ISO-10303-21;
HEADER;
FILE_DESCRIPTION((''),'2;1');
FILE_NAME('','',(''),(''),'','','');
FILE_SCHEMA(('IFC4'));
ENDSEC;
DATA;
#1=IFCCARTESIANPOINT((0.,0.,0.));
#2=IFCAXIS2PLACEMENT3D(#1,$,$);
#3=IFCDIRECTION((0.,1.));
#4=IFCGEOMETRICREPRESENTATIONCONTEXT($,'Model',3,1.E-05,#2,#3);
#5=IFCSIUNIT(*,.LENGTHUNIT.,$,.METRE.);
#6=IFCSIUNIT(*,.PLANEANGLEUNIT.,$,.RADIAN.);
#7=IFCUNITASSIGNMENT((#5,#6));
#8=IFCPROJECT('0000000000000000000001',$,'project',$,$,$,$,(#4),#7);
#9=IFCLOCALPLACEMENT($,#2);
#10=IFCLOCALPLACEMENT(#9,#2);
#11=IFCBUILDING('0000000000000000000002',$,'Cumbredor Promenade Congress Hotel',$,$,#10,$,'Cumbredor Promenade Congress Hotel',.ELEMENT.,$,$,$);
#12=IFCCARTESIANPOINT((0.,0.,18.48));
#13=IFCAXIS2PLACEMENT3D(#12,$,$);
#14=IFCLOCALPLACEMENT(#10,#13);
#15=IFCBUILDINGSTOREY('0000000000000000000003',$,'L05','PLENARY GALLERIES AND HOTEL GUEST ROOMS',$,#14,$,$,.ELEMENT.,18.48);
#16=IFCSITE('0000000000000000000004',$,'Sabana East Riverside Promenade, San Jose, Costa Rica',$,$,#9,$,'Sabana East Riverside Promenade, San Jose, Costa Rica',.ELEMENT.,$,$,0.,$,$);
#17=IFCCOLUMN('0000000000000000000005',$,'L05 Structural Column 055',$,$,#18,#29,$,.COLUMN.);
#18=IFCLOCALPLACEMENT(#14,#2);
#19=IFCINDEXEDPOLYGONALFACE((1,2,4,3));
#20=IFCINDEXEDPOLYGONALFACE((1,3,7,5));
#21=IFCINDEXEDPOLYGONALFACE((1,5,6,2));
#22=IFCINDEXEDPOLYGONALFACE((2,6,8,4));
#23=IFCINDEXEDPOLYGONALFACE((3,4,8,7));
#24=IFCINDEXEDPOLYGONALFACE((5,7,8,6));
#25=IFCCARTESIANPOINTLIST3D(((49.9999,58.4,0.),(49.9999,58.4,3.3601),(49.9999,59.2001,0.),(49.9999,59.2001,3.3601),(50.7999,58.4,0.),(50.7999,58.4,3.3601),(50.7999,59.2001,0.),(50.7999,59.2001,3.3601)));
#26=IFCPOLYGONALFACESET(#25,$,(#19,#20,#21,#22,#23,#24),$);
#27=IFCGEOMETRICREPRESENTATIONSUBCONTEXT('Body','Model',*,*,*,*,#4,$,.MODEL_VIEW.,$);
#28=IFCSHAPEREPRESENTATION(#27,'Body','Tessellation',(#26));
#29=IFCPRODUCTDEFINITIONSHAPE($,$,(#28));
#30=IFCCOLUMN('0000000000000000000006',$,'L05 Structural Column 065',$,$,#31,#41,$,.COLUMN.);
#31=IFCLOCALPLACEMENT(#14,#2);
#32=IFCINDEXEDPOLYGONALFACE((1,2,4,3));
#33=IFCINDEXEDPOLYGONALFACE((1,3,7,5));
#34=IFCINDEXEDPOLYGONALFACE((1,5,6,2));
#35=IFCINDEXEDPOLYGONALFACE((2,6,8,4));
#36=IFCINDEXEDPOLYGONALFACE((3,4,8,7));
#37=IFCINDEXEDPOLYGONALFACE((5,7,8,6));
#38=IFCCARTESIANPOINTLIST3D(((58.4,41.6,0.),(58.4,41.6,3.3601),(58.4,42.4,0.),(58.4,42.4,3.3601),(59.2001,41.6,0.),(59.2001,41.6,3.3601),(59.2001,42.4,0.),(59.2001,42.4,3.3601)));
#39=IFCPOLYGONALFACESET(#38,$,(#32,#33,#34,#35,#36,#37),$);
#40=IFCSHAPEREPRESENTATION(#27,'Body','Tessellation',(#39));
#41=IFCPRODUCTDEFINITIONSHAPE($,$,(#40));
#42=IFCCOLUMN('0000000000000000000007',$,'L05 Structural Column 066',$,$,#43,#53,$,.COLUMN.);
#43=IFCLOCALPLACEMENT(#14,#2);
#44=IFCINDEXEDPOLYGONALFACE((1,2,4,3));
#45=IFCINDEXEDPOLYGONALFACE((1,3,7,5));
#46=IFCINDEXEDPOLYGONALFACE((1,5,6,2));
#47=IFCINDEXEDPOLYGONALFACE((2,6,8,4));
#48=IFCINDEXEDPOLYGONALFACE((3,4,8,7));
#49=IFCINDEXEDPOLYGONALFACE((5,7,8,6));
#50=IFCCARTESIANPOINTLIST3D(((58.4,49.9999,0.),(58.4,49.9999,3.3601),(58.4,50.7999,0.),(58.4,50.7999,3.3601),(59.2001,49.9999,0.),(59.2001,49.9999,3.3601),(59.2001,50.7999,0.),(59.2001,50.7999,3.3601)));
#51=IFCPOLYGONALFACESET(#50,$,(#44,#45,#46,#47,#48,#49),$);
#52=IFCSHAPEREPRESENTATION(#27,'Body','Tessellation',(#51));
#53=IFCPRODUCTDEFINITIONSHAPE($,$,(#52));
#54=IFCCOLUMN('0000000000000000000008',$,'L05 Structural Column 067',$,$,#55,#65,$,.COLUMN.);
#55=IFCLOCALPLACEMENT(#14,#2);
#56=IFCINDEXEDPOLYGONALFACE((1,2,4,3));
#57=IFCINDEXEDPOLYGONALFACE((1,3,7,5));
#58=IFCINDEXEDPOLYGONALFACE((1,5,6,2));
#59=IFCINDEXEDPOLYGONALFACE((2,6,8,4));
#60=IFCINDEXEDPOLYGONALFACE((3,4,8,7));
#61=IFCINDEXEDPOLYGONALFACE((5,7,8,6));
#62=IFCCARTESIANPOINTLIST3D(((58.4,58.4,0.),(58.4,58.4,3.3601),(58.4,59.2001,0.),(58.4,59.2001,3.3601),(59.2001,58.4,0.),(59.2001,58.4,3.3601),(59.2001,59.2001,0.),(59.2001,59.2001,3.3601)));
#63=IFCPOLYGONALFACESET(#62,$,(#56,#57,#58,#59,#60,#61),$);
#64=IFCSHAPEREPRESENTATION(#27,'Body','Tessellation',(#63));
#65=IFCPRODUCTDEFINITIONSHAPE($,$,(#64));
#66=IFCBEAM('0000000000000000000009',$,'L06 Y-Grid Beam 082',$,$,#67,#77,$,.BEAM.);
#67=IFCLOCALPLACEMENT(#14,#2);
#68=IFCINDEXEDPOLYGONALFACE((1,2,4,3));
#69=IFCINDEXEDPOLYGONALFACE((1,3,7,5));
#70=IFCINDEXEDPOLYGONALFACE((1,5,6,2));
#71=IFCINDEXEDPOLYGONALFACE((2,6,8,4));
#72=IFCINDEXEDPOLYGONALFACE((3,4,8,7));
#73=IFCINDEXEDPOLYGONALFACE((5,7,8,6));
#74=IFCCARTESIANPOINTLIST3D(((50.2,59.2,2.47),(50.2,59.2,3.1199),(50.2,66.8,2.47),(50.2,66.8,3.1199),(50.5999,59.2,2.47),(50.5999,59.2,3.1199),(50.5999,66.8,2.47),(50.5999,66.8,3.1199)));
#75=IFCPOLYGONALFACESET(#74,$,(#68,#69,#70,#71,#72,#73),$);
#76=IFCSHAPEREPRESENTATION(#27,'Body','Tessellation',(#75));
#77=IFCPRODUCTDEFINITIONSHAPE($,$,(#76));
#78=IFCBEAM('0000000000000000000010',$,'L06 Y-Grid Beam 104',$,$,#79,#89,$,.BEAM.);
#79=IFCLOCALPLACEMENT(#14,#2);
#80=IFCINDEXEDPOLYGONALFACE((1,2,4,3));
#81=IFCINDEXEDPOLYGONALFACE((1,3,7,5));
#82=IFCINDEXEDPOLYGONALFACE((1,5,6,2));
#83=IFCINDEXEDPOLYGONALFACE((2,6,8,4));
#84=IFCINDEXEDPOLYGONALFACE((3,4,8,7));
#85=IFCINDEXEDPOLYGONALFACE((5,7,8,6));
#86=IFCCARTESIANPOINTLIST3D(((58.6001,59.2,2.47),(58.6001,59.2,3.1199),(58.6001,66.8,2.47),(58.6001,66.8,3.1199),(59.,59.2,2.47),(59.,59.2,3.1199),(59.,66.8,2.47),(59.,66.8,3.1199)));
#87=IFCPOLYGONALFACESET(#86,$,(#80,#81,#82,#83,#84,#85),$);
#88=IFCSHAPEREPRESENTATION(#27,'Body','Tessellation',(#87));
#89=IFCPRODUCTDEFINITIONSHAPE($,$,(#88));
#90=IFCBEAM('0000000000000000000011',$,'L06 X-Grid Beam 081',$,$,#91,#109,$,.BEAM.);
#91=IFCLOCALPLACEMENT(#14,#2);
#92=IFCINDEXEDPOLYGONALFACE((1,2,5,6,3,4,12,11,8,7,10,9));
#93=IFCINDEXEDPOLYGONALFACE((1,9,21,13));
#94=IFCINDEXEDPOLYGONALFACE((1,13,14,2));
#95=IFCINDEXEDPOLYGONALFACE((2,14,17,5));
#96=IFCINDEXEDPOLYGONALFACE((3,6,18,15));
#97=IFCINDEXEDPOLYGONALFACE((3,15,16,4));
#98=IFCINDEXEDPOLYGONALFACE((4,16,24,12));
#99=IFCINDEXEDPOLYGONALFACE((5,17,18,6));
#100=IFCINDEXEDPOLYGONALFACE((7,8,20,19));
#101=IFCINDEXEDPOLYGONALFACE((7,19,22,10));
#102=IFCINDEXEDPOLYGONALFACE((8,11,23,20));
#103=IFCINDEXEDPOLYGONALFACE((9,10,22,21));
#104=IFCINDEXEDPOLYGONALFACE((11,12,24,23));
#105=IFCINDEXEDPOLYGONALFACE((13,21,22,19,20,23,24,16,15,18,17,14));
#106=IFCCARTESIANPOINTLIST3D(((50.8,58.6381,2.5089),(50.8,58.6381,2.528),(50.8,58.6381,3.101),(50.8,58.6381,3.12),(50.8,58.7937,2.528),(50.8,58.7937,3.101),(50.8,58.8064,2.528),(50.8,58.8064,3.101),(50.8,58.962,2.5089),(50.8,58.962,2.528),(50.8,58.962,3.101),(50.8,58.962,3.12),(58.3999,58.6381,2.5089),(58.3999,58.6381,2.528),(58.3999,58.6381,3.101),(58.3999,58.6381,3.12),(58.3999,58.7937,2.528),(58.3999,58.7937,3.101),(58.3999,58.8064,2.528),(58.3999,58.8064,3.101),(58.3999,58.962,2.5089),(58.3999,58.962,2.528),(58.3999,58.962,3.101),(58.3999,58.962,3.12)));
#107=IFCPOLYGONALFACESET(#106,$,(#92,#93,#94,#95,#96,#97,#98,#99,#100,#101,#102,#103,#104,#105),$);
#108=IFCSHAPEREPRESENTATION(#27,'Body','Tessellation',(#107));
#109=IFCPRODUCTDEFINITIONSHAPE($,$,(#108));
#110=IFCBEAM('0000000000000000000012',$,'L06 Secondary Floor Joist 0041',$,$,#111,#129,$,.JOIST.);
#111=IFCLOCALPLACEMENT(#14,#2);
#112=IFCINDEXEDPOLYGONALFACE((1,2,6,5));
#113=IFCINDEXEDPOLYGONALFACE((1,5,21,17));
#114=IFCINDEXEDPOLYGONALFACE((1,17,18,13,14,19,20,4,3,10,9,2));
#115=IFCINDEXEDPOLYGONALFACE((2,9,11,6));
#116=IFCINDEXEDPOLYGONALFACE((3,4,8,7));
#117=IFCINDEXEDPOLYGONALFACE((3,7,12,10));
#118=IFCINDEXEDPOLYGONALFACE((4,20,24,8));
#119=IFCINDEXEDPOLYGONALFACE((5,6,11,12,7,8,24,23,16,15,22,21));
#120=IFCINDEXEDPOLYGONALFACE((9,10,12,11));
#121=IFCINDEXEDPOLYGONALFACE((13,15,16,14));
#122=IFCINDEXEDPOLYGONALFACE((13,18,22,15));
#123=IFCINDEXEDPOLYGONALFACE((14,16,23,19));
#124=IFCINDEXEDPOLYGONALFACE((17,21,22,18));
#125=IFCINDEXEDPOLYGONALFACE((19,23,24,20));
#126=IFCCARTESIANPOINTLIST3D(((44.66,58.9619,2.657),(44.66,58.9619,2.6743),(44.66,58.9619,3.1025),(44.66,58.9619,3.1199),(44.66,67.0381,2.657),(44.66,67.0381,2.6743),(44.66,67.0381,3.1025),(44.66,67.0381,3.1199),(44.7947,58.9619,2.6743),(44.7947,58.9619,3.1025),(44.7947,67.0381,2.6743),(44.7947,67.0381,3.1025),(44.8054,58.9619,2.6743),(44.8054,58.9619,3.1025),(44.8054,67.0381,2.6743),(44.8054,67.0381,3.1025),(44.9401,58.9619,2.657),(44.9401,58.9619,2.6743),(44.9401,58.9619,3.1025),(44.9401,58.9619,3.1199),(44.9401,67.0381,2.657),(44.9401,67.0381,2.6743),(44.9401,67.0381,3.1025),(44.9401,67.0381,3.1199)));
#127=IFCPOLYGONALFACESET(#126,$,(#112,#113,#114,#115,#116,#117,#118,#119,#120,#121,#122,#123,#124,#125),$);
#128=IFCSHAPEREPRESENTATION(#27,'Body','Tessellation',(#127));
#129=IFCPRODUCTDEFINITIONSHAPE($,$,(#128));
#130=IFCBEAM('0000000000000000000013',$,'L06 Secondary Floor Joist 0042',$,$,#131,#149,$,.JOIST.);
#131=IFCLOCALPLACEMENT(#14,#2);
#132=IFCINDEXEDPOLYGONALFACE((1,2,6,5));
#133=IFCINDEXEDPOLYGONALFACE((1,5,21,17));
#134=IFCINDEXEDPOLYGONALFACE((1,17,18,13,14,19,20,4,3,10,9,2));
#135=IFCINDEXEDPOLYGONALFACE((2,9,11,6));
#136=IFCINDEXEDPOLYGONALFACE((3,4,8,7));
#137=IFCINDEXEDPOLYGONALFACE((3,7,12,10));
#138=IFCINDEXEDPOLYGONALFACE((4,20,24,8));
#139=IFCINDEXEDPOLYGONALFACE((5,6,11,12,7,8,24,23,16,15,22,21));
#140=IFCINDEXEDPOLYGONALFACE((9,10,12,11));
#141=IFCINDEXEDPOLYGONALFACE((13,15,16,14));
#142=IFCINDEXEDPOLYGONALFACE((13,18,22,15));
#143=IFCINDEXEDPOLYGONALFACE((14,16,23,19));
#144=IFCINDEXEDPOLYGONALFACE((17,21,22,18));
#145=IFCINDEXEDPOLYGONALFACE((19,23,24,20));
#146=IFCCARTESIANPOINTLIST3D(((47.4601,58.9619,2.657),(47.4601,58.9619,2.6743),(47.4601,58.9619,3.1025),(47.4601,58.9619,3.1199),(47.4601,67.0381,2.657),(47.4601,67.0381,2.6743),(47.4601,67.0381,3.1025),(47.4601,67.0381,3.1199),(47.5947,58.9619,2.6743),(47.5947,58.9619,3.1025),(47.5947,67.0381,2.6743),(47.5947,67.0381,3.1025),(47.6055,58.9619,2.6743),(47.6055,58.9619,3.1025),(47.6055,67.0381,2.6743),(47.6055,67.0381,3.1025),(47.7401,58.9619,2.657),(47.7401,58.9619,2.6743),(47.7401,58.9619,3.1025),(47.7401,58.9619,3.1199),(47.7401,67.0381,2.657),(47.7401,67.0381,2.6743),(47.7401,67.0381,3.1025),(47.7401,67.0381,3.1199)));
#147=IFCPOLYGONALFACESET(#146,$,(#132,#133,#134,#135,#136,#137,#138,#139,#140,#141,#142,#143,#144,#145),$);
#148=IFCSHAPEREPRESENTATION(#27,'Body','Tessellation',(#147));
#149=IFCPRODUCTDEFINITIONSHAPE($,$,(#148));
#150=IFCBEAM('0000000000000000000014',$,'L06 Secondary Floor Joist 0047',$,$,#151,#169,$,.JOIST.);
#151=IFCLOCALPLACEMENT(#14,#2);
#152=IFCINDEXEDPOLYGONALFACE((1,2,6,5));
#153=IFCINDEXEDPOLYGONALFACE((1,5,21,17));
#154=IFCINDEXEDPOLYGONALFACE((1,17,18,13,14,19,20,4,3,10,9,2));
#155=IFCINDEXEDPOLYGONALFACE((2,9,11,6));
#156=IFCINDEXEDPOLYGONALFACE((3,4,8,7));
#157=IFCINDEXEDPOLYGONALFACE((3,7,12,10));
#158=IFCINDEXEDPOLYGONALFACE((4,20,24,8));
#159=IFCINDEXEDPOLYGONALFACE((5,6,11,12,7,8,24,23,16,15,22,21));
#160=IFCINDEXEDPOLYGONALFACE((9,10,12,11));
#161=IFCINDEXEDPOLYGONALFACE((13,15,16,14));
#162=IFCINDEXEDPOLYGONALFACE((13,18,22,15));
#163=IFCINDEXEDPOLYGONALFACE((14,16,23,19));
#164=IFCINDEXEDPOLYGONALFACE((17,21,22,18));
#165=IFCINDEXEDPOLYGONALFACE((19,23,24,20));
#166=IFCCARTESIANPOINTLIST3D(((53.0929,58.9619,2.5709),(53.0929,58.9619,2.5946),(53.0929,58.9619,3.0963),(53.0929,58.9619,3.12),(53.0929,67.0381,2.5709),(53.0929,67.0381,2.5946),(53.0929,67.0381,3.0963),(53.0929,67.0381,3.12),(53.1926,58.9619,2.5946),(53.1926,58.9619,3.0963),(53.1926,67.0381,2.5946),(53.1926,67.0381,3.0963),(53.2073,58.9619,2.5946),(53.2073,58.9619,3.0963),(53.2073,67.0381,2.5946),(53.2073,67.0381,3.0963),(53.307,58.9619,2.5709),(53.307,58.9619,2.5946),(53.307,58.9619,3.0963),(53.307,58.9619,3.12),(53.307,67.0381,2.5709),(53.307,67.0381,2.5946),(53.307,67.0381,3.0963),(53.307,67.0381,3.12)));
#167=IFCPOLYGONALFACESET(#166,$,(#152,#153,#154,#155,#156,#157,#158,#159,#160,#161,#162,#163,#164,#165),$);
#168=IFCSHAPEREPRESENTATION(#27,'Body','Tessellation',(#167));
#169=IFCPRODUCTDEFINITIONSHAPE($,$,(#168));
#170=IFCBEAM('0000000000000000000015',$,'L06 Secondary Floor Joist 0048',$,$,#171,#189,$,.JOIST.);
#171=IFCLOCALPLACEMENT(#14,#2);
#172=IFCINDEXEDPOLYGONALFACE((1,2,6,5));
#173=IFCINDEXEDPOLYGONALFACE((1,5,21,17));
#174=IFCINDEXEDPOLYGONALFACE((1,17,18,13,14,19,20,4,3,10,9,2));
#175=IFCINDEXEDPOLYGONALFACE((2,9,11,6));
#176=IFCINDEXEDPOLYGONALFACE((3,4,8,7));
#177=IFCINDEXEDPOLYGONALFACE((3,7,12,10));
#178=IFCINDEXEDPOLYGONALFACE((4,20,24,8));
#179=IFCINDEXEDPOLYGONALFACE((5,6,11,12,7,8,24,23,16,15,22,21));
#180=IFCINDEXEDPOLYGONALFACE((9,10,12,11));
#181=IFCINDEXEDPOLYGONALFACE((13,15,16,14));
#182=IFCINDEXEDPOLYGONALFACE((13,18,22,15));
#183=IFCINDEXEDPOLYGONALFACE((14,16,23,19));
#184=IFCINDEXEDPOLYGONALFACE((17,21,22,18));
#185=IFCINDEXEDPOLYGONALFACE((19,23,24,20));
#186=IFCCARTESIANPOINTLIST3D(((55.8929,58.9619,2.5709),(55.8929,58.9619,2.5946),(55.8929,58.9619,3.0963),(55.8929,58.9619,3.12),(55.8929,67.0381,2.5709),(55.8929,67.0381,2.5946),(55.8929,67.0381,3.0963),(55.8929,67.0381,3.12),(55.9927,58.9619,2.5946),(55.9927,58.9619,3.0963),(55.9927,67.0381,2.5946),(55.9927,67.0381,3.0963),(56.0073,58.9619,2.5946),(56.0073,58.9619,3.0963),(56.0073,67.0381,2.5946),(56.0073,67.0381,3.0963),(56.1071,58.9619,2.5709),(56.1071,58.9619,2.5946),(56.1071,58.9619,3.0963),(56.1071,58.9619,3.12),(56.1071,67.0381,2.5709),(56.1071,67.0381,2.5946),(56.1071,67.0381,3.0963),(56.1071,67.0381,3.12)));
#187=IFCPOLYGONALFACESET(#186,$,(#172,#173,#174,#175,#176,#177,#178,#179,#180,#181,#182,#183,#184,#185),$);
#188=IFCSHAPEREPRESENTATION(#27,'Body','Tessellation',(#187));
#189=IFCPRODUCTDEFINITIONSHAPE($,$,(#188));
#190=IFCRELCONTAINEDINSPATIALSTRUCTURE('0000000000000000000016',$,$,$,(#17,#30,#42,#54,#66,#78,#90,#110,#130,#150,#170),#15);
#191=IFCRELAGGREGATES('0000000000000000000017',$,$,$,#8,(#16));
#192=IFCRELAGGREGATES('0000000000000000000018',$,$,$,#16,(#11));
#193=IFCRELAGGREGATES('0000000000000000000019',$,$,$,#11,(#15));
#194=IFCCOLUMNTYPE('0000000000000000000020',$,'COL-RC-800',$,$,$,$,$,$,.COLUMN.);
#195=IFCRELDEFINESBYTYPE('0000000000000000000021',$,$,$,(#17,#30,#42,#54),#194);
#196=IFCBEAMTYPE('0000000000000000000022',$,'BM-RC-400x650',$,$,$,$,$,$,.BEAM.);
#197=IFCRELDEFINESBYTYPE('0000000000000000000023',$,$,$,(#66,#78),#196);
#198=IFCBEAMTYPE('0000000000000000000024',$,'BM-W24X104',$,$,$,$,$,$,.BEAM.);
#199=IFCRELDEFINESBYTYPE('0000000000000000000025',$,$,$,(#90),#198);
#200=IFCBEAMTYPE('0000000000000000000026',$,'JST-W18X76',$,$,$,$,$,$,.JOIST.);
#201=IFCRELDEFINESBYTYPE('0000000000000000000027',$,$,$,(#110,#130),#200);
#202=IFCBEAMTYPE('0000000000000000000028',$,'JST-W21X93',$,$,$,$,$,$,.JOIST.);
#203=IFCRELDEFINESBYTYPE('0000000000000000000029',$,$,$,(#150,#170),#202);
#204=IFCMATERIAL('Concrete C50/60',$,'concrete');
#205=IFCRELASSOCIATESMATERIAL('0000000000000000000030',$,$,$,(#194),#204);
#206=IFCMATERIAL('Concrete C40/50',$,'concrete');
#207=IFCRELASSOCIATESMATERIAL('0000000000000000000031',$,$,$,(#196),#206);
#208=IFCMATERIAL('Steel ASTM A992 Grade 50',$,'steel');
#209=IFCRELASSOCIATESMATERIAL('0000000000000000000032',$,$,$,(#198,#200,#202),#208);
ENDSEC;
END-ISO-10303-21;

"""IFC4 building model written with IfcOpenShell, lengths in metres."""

from ifc_helpers import new_model, si_unit, direction, frame, origin, origin_2d, place, context, subcontext, project, spatial, rectangle, i_section, extrude, material, material_profile, profile_set, type_object, element, save


model = new_model("IFC4")

# Units and contexts
model_context = context("Model", 3, precision=1e-05, world=origin(), true_north=direction((0.0, 1.0)))
body_context = subcontext(model_context, "Body", "Model", "MODEL_VIEW")
ifc_project = project(units=[si_unit("LENGTHUNIT", "METRE"), si_unit("PLANEANGLEUNIT", "RADIAN")], contexts=[model_context])

# Site, building, storey
site_placement = place(None, origin())
site = spatial("IfcSite", under=ifc_project, at=site_placement, Name="Sabana East Riverside Promenade, San Jose, Costa Rica", LongName="Sabana East Riverside Promenade, San Jose, Costa Rica", CompositionType="ELEMENT", RefElevation=0.0)
building_placement = place(site_placement, origin())
building = spatial("IfcBuilding", under=site, at=building_placement, Name="Cumbredor Promenade Congress Hotel", LongName="Cumbredor Promenade Congress Hotel", CompositionType="ELEMENT")
storey_placement = place(building_placement, frame((0.0, 0.0, 18.48)))
storey = spatial("IfcBuildingStorey", under=building, at=storey_placement, Name="L05", Description="PLENARY GALLERIES AND HOTEL GUEST ROOMS", CompositionType="ELEMENT", Elevation=18.48)

# Columns
ifc_material_1 = material(Name="Concrete C50/60", Category="concrete")
ifc_material_profile_1 = material_profile(ifc_material_1, rectangle(XDim=0.8, YDim=0.8, at=origin_2d()), Name="RC 800x800")
ifc_profile_set_1 = profile_set([ifc_material_profile_1], Name="Concrete C50/60")
column_type = type_object("IfcColumnType", Name="COL-RC-800", PredefinedType="COLUMN", material=ifc_profile_set_1)
for number, where, z_axis, x_axis, name in (
    (1, (50.3999, 58.8, 0.0), (0.0, 0.0, 1.0), (1.0, 0.0, 0.0), "L05 Structural Column 055"),
    (2, (58.8, 42.0, 0.0), (0.0, 0.0, 1.0), (1.0, 0.0, 0.0), "L05 Structural Column 065"),
    (3, (58.8, 50.3999, 0.0), (0.0, 0.0, 1.0), (1.0, 0.0, 0.0), "L05 Structural Column 066"),
    (4, (58.8, 58.8, 0.0), (0.0, 0.0, 1.0), (1.0, 0.0, 0.0), "L05 Structural Column 067"),
):
    element("IfcColumn", number, at=place(storey_placement, frame(where, z_axis=z_axis, x_axis=x_axis)), inside=storey, type_object=column_type, Name=name, PredefinedType="COLUMN", context=body_context, shape_type="SweptSolid", body=[
        extrude(rectangle(XDim=0.8, YDim=0.8, at=origin_2d()), origin(), (0.0, 0.0, 1.0), 3.3601),
    ])

# Beams
ifc_material_2 = material(Name="Concrete C40/50", Category="concrete")
ifc_material_profile_2 = material_profile(ifc_material_2, rectangle(XDim=0.3999, YDim=0.6499, at=origin_2d()), Name="RC BEAM 400x650")
ifc_profile_set_2 = profile_set([ifc_material_profile_2], Name="Concrete C40/50")
beam_type_1 = type_object("IfcBeamType", Name="BM-RC-400x650", PredefinedType="BEAM", material=ifc_profile_set_2)
for number, where, z_axis, x_axis, name in (
    (5, (50.3999, 59.2, 2.7949), (0.0, 1.0, 0.0), (-1.0, 0.0, 0.0), "L06 Y-Grid Beam 082"),
    (6, (58.8, 59.2, 2.7949), (0.0, 1.0, 0.0), (-1.0, 0.0, 0.0), "L06 Y-Grid Beam 104"),
):
    element("IfcBeam", number, at=place(storey_placement, frame(where, z_axis=z_axis, x_axis=x_axis)), inside=storey, type_object=beam_type_1, Name=name, PredefinedType="BEAM", context=body_context, shape_type="SweptSolid", body=[
        extrude(rectangle(XDim=0.3999, YDim=0.6499, at=origin_2d()), origin(), (0.0, 0.0, 1.0), 7.6001),
    ])
ifc_material_3 = material(Name="Steel ASTM A992 Grade 50", Category="steel")
ifc_material_profile_3 = material_profile(ifc_material_3, i_section(OverallWidth=0.324, OverallDepth=0.6111, WebThickness=0.0127, FlangeThickness=0.019, at=origin_2d()), Name="W24X104")
ifc_profile_set_3 = profile_set([ifc_material_profile_3], Name="Steel ASTM A992 Grade 50")
beam_type_2 = type_object("IfcBeamType", Name="BM-W24X104", PredefinedType="BEAM", material=ifc_profile_set_3)
beam_1_placement = place(storey_placement, frame((50.8, 58.8, 2.8145), z_axis=(1.0, 0.0, 0.0), x_axis=(0.0, 1.0, 0.0)))
element("IfcBeam", 7, at=beam_1_placement, inside=storey, type_object=beam_type_2, Name="L06 X-Grid Beam 081", PredefinedType="BEAM", context=body_context, shape_type="SweptSolid", body=[
    extrude(i_section(OverallWidth=0.324, OverallDepth=0.6111, WebThickness=0.0127, FlangeThickness=0.019, at=origin_2d()), origin(), (0.0, 0.0, 1.0), 7.5999),
])
ifc_material_profile_4 = material_profile(ifc_material_3, i_section(OverallWidth=0.28, OverallDepth=0.4629, WebThickness=0.0107, FlangeThickness=0.0173, at=origin_2d()), Name="W18X76")
ifc_profile_set_4 = profile_set([ifc_material_profile_4], Name="Steel ASTM A992 Grade 50")
beam_type_3 = type_object("IfcBeamType", Name="JST-W18X76", PredefinedType="JOIST", material=ifc_profile_set_4)
for number, where, z_axis, x_axis, name in (
    (8, (44.8, 58.9619, 2.8884), (0.0, 1.0, 0.0), (-1.0, 0.0, 0.0), "L06 Secondary Floor Joist 0041"),
    (9, (47.6001, 58.9619, 2.8884), (0.0, 1.0, 0.0), (-1.0, 0.0, 0.0), "L06 Secondary Floor Joist 0042"),
):
    element("IfcBeam", number, at=place(storey_placement, frame(where, z_axis=z_axis, x_axis=x_axis)), inside=storey, type_object=beam_type_3, Name=name, PredefinedType="JOIST", context=body_context, shape_type="SweptSolid", body=[
        extrude(i_section(OverallWidth=0.28, OverallDepth=0.4629, WebThickness=0.0107, FlangeThickness=0.0173, at=origin_2d()), origin(), (0.0, 0.0, 1.0), 8.0762),
    ])
ifc_material_profile_5 = material_profile(ifc_material_3, i_section(OverallWidth=0.2141, OverallDepth=0.5491, WebThickness=0.0146, FlangeThickness=0.0237, at=origin_2d()), Name="W21X93")
ifc_profile_set_5 = profile_set([ifc_material_profile_5], Name="Steel ASTM A992 Grade 50")
beam_type_4 = type_object("IfcBeamType", Name="JST-W21X93", PredefinedType="JOIST", material=ifc_profile_set_5)
for number, where, z_axis, x_axis, name in (
    (10, (53.2, 58.9619, 2.8455), (0.0, 1.0, 0.0), (-1.0, 0.0, 0.0), "L06 Secondary Floor Joist 0047"),
    (11, (56.0, 58.9619, 2.8455), (0.0, 1.0, 0.0), (-1.0, 0.0, 0.0), "L06 Secondary Floor Joist 0048"),
):
    element("IfcBeam", number, at=place(storey_placement, frame(where, z_axis=z_axis, x_axis=x_axis)), inside=storey, type_object=beam_type_4, Name=name, PredefinedType="JOIST", context=body_context, shape_type="SweptSolid", body=[
        extrude(i_section(OverallWidth=0.2141, OverallDepth=0.5491, WebThickness=0.0146, FlangeThickness=0.0237, at=origin_2d()), origin(), (0.0, 0.0, 1.0), 8.0762),
    ])

save(model, "model.ifc")
